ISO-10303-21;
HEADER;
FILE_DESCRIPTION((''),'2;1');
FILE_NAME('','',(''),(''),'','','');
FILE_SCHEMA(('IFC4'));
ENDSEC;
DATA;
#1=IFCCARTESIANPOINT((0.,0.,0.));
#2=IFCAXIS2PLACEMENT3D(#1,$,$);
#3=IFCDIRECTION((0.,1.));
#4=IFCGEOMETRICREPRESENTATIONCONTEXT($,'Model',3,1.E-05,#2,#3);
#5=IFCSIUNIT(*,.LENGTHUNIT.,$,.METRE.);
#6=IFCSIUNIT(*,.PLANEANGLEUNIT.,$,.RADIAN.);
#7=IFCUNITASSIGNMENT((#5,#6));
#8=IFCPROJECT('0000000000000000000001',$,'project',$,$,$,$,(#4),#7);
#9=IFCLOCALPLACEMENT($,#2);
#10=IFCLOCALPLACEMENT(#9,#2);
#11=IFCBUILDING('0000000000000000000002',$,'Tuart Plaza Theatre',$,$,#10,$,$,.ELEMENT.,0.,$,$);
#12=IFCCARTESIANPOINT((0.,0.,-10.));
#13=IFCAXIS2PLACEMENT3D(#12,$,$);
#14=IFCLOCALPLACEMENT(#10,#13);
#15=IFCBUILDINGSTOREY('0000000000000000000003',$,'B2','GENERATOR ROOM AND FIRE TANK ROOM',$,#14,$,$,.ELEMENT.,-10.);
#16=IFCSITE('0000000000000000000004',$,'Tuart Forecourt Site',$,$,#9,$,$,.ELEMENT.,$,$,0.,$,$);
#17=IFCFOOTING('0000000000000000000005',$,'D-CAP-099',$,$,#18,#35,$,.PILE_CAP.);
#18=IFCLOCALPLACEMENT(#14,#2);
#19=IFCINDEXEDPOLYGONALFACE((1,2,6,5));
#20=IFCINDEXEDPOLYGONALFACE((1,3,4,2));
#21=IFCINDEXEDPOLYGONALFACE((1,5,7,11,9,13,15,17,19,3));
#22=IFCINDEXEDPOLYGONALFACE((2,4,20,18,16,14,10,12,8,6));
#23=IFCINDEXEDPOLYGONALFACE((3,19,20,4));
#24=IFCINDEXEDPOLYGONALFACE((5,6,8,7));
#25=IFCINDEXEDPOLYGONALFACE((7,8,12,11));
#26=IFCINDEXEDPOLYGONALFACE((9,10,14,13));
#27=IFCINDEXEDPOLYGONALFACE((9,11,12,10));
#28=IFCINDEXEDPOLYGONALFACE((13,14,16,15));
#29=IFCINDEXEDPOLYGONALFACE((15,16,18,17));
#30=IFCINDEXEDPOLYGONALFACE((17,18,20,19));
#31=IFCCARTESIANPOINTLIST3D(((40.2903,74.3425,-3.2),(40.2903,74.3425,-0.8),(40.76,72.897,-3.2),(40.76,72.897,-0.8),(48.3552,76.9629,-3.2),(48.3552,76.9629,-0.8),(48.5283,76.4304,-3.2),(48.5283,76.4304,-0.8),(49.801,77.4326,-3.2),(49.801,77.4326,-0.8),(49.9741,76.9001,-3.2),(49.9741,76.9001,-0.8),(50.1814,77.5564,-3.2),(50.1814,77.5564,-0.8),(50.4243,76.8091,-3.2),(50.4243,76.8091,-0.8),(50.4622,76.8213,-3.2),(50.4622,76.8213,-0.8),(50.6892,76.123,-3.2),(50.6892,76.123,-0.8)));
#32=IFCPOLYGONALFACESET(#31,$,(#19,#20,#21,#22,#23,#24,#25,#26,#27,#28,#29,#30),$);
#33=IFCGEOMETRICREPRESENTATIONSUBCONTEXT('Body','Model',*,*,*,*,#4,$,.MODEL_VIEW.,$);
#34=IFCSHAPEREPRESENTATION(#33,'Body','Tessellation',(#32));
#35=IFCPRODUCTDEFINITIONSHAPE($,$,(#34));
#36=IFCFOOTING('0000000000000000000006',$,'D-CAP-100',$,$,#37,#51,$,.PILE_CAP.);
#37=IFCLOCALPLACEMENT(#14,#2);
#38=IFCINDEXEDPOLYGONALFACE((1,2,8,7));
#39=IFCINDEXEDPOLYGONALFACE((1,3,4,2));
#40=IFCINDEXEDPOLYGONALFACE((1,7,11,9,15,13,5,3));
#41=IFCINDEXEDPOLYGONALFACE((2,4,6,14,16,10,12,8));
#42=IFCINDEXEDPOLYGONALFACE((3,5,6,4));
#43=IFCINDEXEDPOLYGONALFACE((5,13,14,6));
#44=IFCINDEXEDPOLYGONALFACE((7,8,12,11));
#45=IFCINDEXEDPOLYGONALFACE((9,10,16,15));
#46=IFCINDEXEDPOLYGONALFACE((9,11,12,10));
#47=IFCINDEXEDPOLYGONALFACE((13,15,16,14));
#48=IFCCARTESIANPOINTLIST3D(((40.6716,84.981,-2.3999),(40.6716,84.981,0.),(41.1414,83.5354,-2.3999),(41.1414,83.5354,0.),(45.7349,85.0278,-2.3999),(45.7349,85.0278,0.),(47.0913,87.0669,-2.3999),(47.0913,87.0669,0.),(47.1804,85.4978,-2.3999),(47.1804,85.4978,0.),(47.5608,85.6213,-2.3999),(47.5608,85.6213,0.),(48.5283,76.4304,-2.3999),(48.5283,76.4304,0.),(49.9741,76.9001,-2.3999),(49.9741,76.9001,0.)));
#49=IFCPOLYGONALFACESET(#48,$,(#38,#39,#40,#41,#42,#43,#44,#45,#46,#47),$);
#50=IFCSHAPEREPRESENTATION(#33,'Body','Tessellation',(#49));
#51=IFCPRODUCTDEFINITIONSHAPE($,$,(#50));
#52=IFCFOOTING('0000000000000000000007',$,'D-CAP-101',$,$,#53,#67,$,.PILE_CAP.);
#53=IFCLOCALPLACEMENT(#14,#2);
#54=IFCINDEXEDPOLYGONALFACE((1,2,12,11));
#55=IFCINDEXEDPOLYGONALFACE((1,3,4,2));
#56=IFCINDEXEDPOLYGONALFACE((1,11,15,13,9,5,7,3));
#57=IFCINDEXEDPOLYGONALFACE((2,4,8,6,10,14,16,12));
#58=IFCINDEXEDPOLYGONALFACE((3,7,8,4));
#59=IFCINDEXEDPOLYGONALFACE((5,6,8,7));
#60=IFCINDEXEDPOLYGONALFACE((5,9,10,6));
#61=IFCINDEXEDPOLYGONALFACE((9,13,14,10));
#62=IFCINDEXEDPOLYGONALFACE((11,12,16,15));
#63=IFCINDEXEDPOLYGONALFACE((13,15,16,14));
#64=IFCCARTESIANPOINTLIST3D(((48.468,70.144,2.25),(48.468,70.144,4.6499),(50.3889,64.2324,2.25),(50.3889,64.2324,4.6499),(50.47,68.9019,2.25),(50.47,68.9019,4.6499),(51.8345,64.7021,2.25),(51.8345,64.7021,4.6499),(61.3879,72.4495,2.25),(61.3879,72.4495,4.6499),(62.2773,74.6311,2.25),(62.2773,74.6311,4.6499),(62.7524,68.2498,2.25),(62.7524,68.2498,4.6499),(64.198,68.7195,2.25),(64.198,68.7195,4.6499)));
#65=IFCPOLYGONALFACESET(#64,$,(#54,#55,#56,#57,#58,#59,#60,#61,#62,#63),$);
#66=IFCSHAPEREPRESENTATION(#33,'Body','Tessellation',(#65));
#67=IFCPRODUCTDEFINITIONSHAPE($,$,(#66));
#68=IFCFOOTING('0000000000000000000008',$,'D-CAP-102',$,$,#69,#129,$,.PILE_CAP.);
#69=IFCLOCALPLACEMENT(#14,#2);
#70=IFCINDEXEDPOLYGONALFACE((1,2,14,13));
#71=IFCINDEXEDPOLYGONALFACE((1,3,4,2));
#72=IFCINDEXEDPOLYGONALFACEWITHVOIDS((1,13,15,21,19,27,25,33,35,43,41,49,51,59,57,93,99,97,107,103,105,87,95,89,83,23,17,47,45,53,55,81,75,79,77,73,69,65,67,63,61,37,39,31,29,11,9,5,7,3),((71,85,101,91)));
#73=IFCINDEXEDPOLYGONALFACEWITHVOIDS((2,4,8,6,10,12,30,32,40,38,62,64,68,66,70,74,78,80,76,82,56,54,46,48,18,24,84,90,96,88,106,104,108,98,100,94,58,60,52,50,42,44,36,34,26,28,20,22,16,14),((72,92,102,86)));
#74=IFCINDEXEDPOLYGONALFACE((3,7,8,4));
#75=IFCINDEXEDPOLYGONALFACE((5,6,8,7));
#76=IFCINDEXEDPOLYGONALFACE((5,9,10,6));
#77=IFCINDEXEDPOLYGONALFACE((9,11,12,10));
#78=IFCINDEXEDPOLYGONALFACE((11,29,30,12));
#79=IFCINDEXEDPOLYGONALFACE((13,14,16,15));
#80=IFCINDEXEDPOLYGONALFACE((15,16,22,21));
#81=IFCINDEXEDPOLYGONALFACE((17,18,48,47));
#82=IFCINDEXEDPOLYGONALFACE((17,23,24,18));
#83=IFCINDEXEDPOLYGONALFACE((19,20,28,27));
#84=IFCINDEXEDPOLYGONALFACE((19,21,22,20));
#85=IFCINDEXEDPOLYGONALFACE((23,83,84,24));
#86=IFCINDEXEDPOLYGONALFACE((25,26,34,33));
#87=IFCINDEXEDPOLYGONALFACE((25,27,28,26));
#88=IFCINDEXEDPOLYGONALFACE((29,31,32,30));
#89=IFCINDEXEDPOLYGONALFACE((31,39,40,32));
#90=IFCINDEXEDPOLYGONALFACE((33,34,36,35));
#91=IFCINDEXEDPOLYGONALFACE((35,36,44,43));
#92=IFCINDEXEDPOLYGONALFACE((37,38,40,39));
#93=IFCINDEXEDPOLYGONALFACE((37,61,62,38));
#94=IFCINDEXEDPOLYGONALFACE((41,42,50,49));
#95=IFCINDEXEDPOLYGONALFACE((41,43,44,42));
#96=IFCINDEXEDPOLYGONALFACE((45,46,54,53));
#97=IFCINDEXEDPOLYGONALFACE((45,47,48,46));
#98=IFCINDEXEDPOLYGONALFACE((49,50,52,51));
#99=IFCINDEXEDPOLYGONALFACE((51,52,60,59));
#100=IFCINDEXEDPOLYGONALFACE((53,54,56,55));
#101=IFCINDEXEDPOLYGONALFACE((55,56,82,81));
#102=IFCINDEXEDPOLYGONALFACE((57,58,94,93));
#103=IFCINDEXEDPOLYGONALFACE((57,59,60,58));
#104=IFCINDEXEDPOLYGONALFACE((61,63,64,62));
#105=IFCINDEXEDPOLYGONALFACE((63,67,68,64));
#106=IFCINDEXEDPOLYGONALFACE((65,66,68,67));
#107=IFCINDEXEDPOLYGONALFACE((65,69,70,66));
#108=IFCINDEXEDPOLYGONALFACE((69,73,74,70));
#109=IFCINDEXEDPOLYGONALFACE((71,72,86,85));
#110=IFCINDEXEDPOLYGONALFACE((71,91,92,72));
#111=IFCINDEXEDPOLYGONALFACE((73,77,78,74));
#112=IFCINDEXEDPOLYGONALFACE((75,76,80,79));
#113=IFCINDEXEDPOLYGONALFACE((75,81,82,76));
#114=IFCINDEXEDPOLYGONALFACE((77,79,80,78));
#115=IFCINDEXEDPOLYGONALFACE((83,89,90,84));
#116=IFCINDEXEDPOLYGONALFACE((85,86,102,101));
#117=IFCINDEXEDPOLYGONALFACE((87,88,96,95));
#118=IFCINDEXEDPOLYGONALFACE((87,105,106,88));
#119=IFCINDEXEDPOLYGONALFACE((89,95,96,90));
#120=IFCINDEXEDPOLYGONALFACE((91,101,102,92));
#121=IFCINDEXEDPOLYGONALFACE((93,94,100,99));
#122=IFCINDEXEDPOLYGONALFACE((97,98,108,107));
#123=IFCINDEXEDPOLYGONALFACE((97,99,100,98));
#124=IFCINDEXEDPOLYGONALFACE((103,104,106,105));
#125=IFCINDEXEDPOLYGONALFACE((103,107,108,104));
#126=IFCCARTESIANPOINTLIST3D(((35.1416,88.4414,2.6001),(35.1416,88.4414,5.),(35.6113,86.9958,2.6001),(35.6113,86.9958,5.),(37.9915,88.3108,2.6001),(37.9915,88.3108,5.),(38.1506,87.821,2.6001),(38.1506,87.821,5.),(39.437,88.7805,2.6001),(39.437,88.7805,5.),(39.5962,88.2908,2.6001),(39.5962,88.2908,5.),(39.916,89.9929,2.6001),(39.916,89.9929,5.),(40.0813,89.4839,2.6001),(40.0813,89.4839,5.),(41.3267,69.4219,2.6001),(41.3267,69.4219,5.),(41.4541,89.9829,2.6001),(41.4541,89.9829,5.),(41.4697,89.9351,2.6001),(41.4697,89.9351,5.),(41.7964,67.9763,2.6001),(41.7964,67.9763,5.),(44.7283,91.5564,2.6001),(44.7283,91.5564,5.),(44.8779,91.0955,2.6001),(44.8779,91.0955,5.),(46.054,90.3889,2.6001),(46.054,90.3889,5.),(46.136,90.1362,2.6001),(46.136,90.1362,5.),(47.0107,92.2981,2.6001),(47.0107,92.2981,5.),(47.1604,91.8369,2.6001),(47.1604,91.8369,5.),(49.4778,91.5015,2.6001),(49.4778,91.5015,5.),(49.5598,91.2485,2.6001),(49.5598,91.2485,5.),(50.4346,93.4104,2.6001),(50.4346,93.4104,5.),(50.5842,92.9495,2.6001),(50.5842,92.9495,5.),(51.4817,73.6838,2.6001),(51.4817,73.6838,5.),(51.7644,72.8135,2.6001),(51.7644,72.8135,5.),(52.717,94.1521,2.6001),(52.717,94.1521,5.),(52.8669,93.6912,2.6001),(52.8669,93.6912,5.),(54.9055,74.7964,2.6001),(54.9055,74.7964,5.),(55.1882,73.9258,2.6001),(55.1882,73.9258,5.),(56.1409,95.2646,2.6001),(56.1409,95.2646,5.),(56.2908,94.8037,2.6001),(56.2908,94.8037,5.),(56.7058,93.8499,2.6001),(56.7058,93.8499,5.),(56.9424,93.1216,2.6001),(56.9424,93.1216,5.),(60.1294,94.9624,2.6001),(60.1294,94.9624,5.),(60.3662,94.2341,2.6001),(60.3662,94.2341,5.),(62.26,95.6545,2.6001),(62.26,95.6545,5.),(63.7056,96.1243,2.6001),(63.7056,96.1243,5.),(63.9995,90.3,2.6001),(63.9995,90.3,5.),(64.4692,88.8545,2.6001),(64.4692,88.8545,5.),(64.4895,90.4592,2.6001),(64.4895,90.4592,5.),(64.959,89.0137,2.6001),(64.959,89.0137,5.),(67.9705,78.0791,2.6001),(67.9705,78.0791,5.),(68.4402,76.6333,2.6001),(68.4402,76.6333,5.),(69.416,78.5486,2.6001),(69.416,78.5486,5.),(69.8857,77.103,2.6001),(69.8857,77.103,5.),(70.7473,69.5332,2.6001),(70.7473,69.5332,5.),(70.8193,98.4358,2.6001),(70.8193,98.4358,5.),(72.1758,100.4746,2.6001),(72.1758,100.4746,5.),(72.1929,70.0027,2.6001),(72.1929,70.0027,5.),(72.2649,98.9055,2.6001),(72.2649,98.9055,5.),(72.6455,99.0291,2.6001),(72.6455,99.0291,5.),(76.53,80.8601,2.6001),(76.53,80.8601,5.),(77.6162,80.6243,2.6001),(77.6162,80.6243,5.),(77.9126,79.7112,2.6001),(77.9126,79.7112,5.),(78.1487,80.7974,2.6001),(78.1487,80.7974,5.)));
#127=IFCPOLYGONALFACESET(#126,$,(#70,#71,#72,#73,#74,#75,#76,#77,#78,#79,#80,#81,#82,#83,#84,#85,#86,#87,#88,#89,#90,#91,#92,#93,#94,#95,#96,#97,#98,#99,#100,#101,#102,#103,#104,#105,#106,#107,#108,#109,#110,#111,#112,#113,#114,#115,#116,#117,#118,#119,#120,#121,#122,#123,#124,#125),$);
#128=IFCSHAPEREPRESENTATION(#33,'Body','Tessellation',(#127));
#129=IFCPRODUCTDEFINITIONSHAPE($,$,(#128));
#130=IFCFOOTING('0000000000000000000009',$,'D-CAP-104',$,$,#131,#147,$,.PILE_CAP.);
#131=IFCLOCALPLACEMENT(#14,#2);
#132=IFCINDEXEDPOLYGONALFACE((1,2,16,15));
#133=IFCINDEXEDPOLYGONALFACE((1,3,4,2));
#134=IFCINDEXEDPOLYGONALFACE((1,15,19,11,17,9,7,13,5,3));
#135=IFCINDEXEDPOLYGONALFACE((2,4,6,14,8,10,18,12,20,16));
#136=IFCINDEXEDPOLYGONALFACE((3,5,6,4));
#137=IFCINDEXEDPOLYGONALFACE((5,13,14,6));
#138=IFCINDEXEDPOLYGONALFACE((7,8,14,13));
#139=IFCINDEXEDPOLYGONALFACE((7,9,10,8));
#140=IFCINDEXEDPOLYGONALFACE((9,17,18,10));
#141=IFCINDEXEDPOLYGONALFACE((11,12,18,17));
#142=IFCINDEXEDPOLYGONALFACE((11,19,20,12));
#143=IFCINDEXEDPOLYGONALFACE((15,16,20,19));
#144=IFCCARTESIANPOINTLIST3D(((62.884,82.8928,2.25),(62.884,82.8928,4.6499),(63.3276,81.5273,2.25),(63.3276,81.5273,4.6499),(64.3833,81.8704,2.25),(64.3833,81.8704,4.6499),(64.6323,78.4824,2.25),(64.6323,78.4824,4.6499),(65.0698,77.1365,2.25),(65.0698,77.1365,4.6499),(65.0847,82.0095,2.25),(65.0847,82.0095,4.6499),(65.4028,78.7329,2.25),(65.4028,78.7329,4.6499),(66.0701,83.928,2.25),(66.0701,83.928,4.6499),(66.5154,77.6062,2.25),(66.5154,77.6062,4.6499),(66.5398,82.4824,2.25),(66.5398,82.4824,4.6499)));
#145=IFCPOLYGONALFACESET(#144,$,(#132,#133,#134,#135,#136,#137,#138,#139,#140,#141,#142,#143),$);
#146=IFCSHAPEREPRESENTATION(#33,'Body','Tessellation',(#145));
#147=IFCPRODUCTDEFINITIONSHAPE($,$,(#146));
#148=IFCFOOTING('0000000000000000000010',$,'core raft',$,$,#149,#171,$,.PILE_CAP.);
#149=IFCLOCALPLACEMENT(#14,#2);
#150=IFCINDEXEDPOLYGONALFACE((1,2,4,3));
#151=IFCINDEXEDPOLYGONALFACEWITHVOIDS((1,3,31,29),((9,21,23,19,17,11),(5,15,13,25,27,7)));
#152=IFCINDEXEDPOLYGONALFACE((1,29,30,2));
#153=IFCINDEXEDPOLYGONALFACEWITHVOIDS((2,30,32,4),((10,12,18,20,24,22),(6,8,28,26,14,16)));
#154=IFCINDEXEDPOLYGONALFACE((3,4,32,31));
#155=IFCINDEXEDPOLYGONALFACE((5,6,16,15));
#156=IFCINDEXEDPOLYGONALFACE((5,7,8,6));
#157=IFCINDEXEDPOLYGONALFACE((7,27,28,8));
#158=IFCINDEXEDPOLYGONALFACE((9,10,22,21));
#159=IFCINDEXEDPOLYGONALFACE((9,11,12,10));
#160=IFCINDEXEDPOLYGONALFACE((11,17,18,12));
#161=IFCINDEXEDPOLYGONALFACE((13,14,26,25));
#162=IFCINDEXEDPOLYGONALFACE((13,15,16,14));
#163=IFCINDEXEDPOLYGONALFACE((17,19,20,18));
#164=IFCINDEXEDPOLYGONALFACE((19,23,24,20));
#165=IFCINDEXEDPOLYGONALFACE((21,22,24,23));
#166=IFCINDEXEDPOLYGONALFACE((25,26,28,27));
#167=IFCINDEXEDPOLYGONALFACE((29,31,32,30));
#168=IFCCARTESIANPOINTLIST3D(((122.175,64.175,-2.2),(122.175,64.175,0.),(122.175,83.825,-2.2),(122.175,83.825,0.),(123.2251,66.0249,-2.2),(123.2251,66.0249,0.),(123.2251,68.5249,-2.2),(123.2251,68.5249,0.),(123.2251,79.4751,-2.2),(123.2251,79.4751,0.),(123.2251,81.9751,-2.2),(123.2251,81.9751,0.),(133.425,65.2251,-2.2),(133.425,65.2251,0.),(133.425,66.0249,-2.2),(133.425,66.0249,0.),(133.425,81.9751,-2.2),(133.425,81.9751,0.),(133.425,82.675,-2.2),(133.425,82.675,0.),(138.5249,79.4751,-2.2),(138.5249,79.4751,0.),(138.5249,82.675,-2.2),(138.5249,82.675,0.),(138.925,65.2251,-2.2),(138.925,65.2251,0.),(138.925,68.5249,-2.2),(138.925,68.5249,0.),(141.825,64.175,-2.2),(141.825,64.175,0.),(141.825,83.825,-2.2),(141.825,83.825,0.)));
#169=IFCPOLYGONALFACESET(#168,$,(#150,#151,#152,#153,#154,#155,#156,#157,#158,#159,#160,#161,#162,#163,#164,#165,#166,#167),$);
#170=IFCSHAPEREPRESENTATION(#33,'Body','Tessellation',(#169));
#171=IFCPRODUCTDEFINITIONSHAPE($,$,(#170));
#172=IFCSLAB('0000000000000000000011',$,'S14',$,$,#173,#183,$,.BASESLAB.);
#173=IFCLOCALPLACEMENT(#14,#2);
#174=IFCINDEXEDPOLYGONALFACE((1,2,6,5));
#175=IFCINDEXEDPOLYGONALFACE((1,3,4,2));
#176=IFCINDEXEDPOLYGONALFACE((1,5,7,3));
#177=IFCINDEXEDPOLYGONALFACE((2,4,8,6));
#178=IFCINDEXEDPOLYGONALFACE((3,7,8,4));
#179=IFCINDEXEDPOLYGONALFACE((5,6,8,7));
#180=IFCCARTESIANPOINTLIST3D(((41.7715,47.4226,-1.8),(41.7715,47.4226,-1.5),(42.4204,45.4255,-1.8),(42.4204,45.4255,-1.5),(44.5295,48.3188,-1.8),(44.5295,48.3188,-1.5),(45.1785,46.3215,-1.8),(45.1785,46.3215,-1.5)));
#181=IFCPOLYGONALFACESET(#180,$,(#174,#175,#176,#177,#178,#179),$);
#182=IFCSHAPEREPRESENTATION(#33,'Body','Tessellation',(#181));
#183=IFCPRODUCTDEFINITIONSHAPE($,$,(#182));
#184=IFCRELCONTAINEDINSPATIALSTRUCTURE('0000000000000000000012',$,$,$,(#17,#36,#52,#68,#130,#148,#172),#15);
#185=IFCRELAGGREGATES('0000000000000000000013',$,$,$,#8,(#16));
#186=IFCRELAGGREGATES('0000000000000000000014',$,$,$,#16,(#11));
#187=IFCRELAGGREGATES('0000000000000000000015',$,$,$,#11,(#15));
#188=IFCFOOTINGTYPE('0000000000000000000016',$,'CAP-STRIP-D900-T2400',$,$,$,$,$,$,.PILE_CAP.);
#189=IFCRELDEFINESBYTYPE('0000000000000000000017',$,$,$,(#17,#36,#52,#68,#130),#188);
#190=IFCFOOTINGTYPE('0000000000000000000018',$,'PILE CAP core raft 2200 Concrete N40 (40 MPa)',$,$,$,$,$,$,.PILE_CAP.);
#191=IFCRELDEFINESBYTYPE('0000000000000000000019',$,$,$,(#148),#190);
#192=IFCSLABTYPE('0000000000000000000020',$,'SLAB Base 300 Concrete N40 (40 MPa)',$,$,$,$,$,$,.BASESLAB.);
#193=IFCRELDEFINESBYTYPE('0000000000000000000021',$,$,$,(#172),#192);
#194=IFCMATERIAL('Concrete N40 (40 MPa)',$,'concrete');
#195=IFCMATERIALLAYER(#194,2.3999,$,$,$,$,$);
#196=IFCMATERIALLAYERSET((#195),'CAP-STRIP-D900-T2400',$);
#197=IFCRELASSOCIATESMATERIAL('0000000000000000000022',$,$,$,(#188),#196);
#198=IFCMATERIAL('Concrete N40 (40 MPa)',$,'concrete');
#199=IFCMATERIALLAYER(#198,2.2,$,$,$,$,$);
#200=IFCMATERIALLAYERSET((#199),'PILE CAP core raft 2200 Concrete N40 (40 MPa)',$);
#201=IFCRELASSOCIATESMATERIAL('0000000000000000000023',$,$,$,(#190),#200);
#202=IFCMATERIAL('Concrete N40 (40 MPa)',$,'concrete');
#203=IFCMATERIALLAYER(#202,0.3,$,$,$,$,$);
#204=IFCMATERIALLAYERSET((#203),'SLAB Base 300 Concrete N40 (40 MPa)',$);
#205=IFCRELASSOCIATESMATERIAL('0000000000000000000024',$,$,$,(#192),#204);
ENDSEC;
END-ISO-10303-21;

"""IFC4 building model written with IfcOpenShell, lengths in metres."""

from ifc_helpers import new_model, si_unit, direction, frame, origin, place, context, subcontext, project, spatial, polyline, outline, extrude, material, layer, layer_set, type_object, element, save


model = new_model("IFC4")

# Units and contexts
model_context = context("Model", 3, precision=1e-05, world=origin(), true_north=direction((0.0, 1.0)))
body_context = subcontext(model_context, "Body", "Model", "MODEL_VIEW")
ifc_project = project(units=[si_unit("LENGTHUNIT", "METRE"), si_unit("PLANEANGLEUNIT", "RADIAN")], contexts=[model_context])

# Site, building, storey
site_placement = place(None, origin())
site = spatial("IfcSite", under=ifc_project, at=site_placement, Name="Tuart Forecourt Site", CompositionType="ELEMENT", RefElevation=0.0)
building_placement = place(site_placement, origin())
building = spatial("IfcBuilding", under=site, at=building_placement, Name="Tuart Plaza Theatre", CompositionType="ELEMENT", ElevationOfRefHeight=0.0)
storey_placement = place(building_placement, frame((0.0, 0.0, -10.0)))
storey = spatial("IfcBuildingStorey", under=building, at=storey_placement, Name="B2", Description="GENERATOR ROOM AND FIRE TANK ROOM", CompositionType="ELEMENT", Elevation=-10.0)

# Footings
ifc_material_1 = material(Name="Concrete N40 (40 MPa)", Category="concrete")
ifc_layer_1 = layer(ifc_material_1, 2.3999)
ifc_layer_set_1 = layer_set([ifc_layer_1], Name="CAP-STRIP-D900-T2400")
footing_type_1 = type_object("IfcFootingType", Name="CAP-STRIP-D900-T2400", PredefinedType="PILE_CAP", material=ifc_layer_set_1)
footing_1_placement = place(storey_placement, frame((0.0, 0.0, -3.2)))
element("IfcFooting", 1, at=footing_1_placement, inside=storey, type_object=footing_type_1, Name="D-CAP-099", PredefinedType="PILE_CAP", context=body_context, shape_type="SweptSolid", body=[
    extrude(outline(polyline([(50.6892, 76.123), (50.4622, 76.8213), (50.4243, 76.8091), (50.1814, 77.5564), (49.801, 77.4326), (49.9741, 76.9001), (48.5283, 76.4304), (48.3552, 76.9629), (40.2903, 74.3425), (40.76, 72.897), (50.6892, 76.123)])), origin(), (0.0, 0.0, 1.0), 2.3999),
])
footing_2_placement = place(storey_placement, frame((0.0, 0.0, -2.3999)))
element("IfcFooting", 2, at=footing_2_placement, inside=storey, type_object=footing_type_1, Name="D-CAP-100", PredefinedType="PILE_CAP", context=body_context, shape_type="SweptSolid", body=[
    extrude(outline(polyline([(45.7349, 85.0278), (48.5283, 76.4304), (49.9741, 76.9001), (47.1804, 85.4978), (47.5608, 85.6213), (47.0913, 87.0669), (40.6716, 84.981), (41.1414, 83.5354), (45.7349, 85.0278)])), origin(), (0.0, 0.0, 1.0), 2.3999),
])
footing_3_placement = place(storey_placement, frame((0.0, 0.0, 2.25)))
element("IfcFooting", 3, at=footing_3_placement, inside=storey, type_object=footing_type_1, Name="D-CAP-101", PredefinedType="PILE_CAP", context=body_context, shape_type="SweptSolid", body=[
    extrude(outline(polyline([(50.3889, 64.2324), (51.8345, 64.7021), (50.47, 68.9019), (61.3879, 72.4495), (62.7524, 68.2498), (64.198, 68.7195), (62.2773, 74.6311), (48.468, 70.144), (50.3889, 64.2324)])), origin(), (0.0, 0.0, 1.0), 2.3999),
])
footing_4_placement = place(storey_placement, frame((0.0, 0.0, 2.6001)))
element("IfcFooting", 4, at=footing_4_placement, inside=storey, type_object=footing_type_1, Name="D-CAP-102", PredefinedType="PILE_CAP", context=body_context, shape_type="SweptSolid", body=[
    extrude(outline(polyline([(41.4697, 89.9351), (40.0813, 89.4839), (39.916, 89.9929), (35.1416, 88.4414), (35.6113, 86.9958), (38.1506, 87.821), (37.9915, 88.3108), (39.437, 88.7805), (39.5962, 88.2908), (46.054, 90.3889), (46.136, 90.1362), (49.5598, 91.2485), (49.4778, 91.5015), (56.7058, 93.8499), (56.9424, 93.1216), (60.3662, 94.2341), (60.1294, 94.9624), (62.26, 95.6545), (63.9995, 90.3), (64.4895, 90.4592), (64.959, 89.0137), (64.4692, 88.8545), (67.9705, 78.0791), (55.1882, 73.9258), (54.9055, 74.7964), (51.4817, 73.6838), (51.7644, 72.8135), (41.3267, 69.4219), (41.7964, 67.9763), (68.4402, 76.6333), (70.7473, 69.5332), (72.1929, 70.0027), (69.8857, 77.103), (77.9126, 79.7112), (77.6162, 80.6243), (78.1487, 80.7974), (72.2649, 98.9055), (72.6455, 99.0291), (72.1758, 100.4746), (56.1409, 95.2646), (56.2908, 94.8037), (52.8669, 93.6912), (52.717, 94.1521), (50.4346, 93.4104), (50.5842, 92.9495), (47.1604, 91.8369), (47.0107, 92.2981), (44.7283, 91.5564), (44.8779, 91.0955), (41.4541, 89.9829), (41.4697, 89.9351)]), holes=[polyline([(69.416, 78.5486), (76.53, 80.8601), (70.8193, 98.4358), (63.7056, 96.1243), (69.416, 78.5486)])]), origin(), (0.0, 0.0, 1.0), 2.3999),
])
footing_5_placement = place(storey_placement, frame((0.0, 0.0, 2.25)))
element("IfcFooting", 5, at=footing_5_placement, inside=storey, type_object=footing_type_1, Name="D-CAP-104", PredefinedType="PILE_CAP", context=body_context, shape_type="SweptSolid", body=[
    extrude(outline(polyline([(64.3833, 81.8704), (65.4028, 78.7329), (64.6323, 78.4824), (65.0698, 77.1365), (66.5154, 77.6062), (65.0847, 82.0095), (66.5398, 82.4824), (66.0701, 83.928), (62.884, 82.8928), (63.3276, 81.5273), (64.3833, 81.8704)])), origin(), (0.0, 0.0, 1.0), 2.3999),
])
ifc_material_2 = material(Name="Concrete N40 (40 MPa)", Category="concrete")
ifc_layer_2 = layer(ifc_material_2, 2.2)
ifc_layer_set_2 = layer_set([ifc_layer_2], Name="PILE CAP core raft 2200 Concrete N40 (40 MPa)")
footing_type_2 = type_object("IfcFootingType", Name="PILE CAP core raft 2200 Concrete N40 (40 MPa)", PredefinedType="PILE_CAP", material=ifc_layer_set_2)
footing_6_placement = place(storey_placement, frame((0.0, 0.0, -2.2)))
element("IfcFooting", 6, at=footing_6_placement, inside=storey, type_object=footing_type_2, Name="core raft", PredefinedType="PILE_CAP", context=body_context, shape_type="SweptSolid", body=[
    extrude(outline(polyline([(141.825, 64.175), (122.175, 64.175), (122.175, 83.825), (141.825, 83.825), (141.825, 64.175)]), holes=[polyline([(133.425, 65.2251), (133.425, 66.0249), (123.2251, 66.0249), (123.2251, 68.5249), (138.925, 68.5249), (138.925, 65.2251), (133.425, 65.2251)]), polyline([(123.2251, 79.4751), (123.2251, 81.9751), (133.425, 81.9751), (133.425, 82.675), (138.5249, 82.675), (138.5249, 79.4751), (123.2251, 79.4751)])]), origin(), (0.0, 0.0, 1.0), 2.2),
])

# Slab
ifc_material_3 = material(Name="Concrete N40 (40 MPa)", Category="concrete")
ifc_layer_3 = layer(ifc_material_3, 0.3)
ifc_layer_set_3 = layer_set([ifc_layer_3], Name="SLAB Base 300 Concrete N40 (40 MPa)")
slab_type_1 = type_object("IfcSlabType", Name="SLAB Base 300 Concrete N40 (40 MPa)", PredefinedType="BASESLAB", material=ifc_layer_set_3)
slab_1_placement = place(storey_placement, frame((0.0, 0.0, -1.8)))
element("IfcSlab", 7, at=slab_1_placement, inside=storey, type_object=slab_type_1, Name="S14", PredefinedType="BASESLAB", context=body_context, shape_type="SweptSolid", body=[
    extrude(outline(polyline([(45.1785, 46.3215), (44.5295, 48.3188), (41.7715, 47.4226), (42.4204, 45.4255), (45.1785, 46.3215)])), origin(), (0.0, 0.0, 1.0), 0.3),
])

save(model, "model.ifc")
